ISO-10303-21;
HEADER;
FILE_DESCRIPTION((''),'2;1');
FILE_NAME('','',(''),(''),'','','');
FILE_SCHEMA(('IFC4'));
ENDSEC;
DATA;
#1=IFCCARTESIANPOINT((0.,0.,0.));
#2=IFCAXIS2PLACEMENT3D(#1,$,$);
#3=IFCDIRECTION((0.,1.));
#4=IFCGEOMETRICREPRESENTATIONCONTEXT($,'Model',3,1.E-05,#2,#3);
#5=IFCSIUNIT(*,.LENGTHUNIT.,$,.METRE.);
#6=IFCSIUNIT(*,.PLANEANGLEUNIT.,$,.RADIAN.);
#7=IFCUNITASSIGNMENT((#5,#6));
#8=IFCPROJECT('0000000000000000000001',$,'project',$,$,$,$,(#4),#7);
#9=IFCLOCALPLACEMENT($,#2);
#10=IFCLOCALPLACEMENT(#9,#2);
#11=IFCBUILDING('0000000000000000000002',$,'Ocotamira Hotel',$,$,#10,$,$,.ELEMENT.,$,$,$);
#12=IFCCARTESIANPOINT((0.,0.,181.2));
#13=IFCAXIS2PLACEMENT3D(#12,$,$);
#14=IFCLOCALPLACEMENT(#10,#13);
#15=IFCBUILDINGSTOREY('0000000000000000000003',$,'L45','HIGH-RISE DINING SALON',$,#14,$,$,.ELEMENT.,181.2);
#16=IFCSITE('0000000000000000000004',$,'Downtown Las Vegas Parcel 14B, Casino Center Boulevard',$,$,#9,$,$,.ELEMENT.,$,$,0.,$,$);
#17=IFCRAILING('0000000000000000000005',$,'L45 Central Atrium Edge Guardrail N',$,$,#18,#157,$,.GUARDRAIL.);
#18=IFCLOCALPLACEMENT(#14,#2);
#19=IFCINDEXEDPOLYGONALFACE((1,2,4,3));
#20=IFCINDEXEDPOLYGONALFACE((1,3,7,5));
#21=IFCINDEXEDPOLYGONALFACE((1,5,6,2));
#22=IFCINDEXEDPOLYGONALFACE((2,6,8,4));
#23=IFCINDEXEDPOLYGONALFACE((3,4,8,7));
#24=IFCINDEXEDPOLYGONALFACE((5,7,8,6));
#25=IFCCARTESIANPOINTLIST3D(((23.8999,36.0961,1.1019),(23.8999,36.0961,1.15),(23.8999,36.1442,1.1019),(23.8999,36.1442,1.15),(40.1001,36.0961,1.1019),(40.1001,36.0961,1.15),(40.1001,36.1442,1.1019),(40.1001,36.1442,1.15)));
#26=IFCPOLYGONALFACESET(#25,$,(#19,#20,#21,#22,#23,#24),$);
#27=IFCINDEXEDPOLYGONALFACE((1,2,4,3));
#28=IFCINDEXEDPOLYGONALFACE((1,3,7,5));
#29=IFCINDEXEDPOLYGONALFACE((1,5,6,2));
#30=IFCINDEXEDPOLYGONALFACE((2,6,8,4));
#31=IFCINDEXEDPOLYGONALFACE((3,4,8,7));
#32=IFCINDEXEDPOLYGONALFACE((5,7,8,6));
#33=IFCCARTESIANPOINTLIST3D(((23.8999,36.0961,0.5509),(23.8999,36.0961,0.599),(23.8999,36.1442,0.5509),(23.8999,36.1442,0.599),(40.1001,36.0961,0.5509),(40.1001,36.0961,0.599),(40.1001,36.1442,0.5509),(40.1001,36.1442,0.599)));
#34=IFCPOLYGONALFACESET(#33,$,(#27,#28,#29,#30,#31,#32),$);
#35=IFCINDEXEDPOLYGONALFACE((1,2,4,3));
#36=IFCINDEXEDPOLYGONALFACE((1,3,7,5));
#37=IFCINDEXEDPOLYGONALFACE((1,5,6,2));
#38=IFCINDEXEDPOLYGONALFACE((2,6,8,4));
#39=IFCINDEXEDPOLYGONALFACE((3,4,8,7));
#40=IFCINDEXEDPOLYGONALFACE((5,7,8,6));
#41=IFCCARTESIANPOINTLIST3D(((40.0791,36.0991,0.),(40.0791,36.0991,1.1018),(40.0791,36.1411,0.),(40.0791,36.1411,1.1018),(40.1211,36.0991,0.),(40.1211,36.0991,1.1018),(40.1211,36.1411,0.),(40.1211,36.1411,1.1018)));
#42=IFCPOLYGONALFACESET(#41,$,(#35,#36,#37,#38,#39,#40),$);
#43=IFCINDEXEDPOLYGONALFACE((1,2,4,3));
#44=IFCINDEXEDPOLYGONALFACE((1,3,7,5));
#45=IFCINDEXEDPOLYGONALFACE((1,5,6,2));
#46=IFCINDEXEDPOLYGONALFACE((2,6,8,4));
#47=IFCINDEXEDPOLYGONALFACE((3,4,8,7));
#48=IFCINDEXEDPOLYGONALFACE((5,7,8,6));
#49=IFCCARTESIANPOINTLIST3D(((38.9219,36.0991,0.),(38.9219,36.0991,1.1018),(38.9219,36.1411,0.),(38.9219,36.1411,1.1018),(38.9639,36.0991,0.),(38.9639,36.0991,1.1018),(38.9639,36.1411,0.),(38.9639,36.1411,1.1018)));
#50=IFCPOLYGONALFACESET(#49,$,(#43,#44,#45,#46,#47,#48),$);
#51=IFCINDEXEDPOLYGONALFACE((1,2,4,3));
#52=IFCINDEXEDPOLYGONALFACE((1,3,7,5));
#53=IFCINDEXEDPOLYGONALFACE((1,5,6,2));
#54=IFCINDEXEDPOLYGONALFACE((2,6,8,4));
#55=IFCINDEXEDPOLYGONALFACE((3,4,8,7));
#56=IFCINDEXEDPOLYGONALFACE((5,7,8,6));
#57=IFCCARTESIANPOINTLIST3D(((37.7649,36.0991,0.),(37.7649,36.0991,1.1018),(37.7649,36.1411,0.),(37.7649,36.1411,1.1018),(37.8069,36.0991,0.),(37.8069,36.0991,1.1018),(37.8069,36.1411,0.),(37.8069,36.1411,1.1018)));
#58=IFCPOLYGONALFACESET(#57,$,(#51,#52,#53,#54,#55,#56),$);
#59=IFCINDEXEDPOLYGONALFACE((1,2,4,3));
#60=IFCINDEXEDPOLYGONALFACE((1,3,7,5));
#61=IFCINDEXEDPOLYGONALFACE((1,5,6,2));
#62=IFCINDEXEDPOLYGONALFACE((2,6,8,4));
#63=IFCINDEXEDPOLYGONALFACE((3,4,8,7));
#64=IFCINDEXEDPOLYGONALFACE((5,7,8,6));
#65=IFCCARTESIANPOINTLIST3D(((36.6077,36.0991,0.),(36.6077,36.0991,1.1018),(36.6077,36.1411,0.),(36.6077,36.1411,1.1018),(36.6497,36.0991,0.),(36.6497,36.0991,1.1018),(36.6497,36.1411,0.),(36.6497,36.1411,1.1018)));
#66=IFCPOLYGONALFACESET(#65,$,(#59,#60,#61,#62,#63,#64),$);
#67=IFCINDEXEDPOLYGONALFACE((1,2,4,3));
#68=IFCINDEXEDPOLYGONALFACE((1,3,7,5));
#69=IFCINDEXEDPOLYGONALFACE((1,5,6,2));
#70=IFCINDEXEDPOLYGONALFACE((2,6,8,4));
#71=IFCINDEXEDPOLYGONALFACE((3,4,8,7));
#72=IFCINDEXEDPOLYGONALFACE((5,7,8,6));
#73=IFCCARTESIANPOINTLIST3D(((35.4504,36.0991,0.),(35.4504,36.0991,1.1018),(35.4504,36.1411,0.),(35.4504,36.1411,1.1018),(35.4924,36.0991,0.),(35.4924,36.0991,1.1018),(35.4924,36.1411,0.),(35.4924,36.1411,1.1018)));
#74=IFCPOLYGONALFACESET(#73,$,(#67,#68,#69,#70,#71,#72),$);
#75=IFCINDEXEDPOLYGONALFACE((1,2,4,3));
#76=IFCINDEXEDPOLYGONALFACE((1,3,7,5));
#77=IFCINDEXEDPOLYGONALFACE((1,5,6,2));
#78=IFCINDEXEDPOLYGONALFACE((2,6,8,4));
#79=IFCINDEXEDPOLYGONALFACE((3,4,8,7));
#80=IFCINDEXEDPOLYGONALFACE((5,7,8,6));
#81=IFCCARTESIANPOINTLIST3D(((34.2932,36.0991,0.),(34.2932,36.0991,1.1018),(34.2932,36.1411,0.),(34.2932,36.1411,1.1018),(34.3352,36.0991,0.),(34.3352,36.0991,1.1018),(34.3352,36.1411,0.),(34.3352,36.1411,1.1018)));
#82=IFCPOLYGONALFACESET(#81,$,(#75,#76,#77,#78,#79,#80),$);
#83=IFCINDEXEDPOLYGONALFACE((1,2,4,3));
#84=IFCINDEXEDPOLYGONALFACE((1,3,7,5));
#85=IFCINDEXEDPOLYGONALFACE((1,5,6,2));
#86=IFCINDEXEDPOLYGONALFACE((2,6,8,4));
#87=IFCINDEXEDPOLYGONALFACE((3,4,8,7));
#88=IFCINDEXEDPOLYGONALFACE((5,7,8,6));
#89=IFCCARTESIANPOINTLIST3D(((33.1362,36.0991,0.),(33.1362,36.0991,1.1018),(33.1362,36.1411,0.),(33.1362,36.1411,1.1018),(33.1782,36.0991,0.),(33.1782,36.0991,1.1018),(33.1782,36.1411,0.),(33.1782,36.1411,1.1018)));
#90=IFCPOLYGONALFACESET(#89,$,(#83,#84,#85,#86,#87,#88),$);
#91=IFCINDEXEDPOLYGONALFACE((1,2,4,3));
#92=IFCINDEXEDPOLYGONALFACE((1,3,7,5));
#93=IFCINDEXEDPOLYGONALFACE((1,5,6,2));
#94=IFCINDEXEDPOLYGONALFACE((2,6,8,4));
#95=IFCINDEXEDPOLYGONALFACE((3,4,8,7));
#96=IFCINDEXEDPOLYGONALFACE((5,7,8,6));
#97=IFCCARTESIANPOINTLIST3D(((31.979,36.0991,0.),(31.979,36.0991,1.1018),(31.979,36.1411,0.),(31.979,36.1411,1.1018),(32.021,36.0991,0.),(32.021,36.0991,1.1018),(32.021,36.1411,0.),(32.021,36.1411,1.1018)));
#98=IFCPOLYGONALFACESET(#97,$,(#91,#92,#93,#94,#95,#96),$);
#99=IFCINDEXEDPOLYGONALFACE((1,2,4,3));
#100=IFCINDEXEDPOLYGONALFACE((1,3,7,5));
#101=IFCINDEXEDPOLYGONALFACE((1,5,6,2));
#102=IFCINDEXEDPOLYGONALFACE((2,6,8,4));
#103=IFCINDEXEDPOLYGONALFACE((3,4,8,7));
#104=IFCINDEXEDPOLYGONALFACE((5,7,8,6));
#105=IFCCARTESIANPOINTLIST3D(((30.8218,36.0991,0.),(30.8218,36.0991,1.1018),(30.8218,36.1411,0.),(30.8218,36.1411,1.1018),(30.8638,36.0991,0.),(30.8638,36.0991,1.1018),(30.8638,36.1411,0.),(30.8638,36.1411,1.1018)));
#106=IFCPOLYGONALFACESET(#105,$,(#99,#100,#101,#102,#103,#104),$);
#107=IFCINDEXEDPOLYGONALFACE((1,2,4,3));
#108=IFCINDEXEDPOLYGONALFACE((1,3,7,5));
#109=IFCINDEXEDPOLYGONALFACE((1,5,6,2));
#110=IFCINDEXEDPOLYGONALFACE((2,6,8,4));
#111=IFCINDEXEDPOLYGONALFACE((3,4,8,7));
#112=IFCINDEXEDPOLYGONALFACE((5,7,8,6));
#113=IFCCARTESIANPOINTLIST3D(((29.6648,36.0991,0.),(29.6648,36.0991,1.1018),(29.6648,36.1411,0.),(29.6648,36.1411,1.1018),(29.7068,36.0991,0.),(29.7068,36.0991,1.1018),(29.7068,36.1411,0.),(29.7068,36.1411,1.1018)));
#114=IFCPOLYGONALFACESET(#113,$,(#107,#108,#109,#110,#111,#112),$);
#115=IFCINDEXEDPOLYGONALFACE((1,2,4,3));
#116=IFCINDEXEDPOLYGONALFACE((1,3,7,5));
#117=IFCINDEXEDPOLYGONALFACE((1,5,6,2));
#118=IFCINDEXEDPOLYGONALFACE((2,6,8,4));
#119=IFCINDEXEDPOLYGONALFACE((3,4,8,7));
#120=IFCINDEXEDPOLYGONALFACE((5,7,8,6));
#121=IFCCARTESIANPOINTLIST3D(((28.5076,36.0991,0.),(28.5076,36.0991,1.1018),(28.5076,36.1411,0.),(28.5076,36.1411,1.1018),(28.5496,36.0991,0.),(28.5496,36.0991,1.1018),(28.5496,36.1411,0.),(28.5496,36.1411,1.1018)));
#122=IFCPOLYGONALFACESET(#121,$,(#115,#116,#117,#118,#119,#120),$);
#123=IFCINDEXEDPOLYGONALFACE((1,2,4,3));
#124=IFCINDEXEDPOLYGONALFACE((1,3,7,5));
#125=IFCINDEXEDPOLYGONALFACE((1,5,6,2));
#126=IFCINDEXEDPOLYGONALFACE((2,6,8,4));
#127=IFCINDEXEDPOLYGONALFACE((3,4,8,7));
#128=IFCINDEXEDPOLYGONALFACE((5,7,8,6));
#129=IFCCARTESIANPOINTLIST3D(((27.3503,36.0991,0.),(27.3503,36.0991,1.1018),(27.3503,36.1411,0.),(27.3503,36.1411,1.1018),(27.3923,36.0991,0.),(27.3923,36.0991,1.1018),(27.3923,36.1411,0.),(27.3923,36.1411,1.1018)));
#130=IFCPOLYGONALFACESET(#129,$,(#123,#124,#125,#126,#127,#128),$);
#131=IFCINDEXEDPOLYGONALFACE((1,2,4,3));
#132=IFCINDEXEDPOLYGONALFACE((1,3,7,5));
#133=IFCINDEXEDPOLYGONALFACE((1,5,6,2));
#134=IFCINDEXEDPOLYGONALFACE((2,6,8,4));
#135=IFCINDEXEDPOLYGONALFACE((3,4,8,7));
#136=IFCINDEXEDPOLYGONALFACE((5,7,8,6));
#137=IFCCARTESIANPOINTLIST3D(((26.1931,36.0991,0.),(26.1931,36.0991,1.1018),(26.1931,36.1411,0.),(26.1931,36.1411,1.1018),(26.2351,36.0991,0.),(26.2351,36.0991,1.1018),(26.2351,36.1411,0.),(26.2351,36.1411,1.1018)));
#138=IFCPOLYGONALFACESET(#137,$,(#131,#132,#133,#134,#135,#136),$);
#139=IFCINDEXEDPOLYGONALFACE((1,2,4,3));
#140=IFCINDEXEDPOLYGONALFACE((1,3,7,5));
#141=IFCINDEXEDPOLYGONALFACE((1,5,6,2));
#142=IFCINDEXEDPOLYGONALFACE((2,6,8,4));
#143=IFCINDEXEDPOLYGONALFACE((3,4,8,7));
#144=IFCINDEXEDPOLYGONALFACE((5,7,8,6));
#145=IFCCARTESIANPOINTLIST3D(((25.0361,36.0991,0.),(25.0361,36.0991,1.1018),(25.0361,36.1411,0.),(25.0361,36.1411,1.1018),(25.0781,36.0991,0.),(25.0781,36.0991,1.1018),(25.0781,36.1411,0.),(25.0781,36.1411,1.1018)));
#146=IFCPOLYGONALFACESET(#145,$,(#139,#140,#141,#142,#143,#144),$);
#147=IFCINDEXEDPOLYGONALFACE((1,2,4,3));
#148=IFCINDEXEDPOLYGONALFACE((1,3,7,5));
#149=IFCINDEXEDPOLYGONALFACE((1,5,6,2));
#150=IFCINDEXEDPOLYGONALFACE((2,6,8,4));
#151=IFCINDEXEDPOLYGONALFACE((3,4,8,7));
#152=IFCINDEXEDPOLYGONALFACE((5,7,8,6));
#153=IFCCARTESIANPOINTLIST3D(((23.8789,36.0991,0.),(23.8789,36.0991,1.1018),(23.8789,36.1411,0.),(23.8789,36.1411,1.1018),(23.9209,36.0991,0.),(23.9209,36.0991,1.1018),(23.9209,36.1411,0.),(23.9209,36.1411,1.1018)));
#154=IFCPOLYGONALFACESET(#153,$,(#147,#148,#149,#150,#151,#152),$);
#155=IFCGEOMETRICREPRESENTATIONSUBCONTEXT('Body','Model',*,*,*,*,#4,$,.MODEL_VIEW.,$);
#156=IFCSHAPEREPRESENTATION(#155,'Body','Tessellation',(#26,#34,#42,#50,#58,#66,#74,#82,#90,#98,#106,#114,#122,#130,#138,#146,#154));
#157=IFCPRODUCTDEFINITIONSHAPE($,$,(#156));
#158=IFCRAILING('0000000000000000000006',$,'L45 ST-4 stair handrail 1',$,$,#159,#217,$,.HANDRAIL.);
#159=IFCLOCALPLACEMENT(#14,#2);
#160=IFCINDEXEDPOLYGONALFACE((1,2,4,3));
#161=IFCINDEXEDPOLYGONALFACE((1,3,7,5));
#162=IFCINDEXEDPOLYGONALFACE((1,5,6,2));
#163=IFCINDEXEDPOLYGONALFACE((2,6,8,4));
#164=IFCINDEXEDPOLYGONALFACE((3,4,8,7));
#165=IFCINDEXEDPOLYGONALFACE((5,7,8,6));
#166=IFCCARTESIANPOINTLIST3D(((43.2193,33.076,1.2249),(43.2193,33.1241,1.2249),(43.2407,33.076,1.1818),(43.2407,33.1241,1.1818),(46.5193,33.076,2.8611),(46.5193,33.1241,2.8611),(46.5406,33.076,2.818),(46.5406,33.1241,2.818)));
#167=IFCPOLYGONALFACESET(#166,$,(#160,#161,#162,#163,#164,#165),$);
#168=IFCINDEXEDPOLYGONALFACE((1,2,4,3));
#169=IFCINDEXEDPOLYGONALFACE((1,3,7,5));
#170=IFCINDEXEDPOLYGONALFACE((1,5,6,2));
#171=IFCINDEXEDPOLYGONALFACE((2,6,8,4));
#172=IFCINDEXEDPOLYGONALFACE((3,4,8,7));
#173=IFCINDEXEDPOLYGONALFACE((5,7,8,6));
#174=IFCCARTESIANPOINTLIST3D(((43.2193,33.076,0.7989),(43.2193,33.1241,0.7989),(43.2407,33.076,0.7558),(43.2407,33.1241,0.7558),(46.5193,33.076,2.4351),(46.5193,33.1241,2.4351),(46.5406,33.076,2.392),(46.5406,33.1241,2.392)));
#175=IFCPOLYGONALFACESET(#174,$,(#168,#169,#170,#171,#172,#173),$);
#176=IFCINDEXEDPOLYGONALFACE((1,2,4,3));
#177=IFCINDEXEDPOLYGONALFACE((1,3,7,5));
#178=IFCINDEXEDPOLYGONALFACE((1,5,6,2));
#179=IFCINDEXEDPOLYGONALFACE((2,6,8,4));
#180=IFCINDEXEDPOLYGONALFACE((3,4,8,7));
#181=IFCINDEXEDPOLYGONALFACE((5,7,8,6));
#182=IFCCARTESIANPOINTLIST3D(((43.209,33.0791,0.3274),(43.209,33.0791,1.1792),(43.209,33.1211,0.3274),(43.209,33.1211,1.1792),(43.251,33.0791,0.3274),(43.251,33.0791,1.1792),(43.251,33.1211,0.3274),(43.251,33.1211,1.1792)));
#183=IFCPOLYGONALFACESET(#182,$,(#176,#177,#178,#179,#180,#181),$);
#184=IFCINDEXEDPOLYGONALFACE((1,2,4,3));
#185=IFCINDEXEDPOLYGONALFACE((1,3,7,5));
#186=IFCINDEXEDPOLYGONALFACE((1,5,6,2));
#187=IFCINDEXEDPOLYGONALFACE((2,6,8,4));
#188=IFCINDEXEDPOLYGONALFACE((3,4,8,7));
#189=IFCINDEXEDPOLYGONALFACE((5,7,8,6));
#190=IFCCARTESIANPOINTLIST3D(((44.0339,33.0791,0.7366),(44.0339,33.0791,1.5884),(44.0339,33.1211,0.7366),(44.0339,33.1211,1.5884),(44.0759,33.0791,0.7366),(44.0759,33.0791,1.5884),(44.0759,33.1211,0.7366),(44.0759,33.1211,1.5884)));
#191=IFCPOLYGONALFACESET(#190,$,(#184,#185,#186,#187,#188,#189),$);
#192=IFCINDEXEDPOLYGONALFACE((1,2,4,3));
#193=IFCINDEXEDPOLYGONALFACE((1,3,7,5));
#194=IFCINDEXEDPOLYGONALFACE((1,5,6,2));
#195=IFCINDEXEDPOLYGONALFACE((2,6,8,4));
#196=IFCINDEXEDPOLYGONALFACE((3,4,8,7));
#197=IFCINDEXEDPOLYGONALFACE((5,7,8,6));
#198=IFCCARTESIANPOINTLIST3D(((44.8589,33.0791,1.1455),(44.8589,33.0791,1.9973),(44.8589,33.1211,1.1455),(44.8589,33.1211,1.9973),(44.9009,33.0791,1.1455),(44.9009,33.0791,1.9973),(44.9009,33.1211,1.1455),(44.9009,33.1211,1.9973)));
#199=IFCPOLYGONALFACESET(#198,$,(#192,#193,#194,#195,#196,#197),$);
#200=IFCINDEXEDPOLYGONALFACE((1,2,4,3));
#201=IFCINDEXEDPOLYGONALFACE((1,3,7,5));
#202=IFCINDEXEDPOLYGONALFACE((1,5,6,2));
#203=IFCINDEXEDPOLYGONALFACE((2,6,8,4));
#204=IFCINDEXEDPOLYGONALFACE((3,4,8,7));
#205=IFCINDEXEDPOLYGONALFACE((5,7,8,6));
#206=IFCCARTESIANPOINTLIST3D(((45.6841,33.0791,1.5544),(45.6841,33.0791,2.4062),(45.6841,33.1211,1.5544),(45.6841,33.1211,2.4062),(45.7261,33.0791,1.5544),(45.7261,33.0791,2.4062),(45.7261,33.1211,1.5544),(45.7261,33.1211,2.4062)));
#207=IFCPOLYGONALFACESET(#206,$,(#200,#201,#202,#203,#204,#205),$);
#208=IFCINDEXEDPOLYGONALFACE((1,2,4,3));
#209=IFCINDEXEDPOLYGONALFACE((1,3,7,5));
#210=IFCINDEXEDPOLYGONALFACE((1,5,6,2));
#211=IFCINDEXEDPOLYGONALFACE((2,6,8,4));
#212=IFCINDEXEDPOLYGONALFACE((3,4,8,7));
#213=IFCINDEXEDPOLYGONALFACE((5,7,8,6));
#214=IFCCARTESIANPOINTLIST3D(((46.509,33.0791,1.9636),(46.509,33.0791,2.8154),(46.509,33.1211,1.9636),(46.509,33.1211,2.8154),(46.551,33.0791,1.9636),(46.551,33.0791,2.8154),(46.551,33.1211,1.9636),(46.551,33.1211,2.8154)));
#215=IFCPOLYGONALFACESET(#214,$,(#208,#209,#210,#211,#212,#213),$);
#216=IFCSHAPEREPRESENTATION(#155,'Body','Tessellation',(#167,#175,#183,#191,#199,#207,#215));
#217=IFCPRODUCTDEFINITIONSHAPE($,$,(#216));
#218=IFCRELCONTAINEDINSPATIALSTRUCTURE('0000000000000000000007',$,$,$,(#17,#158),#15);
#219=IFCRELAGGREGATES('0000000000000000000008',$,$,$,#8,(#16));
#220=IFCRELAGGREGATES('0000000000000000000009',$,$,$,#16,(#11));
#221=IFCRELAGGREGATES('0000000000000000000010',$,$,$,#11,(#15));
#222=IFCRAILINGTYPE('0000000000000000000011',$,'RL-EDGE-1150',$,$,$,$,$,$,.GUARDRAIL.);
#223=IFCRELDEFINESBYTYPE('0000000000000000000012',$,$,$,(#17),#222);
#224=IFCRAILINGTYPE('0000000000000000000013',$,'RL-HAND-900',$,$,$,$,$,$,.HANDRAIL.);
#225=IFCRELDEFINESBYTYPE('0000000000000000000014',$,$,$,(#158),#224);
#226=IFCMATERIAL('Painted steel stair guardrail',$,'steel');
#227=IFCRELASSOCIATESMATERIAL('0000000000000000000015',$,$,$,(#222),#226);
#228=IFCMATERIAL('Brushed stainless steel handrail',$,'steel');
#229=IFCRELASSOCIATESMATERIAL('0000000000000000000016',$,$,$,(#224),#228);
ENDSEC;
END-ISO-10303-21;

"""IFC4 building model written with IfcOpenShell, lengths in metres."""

from ifc_helpers import new_model, si_unit, direction, frame, origin, origin_2d, place, context, subcontext, project, spatial, rectangle, extrude, material, type_object, element, save


model = new_model("IFC4")

# Units and contexts
model_context = context("Model", 3, precision=1e-05, world=origin(), true_north=direction((0.0, 1.0)))
body_context = subcontext(model_context, "Body", "Model", "MODEL_VIEW")
ifc_project = project(units=[si_unit("LENGTHUNIT", "METRE"), si_unit("PLANEANGLEUNIT", "RADIAN")], contexts=[model_context])

# Site, building, storey
site_placement = place(None, origin())
site = spatial("IfcSite", under=ifc_project, at=site_placement, Name="Downtown Las Vegas Parcel 14B, Casino Center Boulevard", CompositionType="ELEMENT", RefElevation=0.0)
building_placement = place(site_placement, origin())
building = spatial("IfcBuilding", under=site, at=building_placement, Name="Ocotamira Hotel", CompositionType="ELEMENT")
storey_placement = place(building_placement, frame((0.0, 0.0, 181.2)))
storey = spatial("IfcBuildingStorey", under=building, at=storey_placement, Name="L45", Description="HIGH-RISE DINING SALON", CompositionType="ELEMENT", Elevation=181.2)

# Railings
ifc_material_1 = material(Name="Painted steel stair guardrail", Category="steel")
railing_type_1 = type_object("IfcRailingType", Name="RL-EDGE-1150", PredefinedType="GUARDRAIL", material=ifc_material_1)
railing_1_placement = place(storey_placement, frame((40.1001, 36.1201, 0.0)))
element("IfcRailing", 1, at=railing_1_placement, inside=storey, type_object=railing_type_1, Name="L45 Central Atrium Edge Guardrail N", PredefinedType="GUARDRAIL", context=body_context, shape_type="SweptSolid", body=[
    extrude(rectangle(XDim=0.0481, YDim=0.0481, at=origin_2d()), frame((0.0, 0.0, 1.126), z_axis=(-1.0, 0.0, 0.0), x_axis=(0.0, -1.0, 0.0)), (0.0, 0.0, 1.0), 16.2002),
    extrude(rectangle(XDim=0.0481, YDim=0.0481, at=origin_2d()), frame((0.0, 0.0, 0.575), z_axis=(-1.0, 0.0, 0.0), x_axis=(0.0, -1.0, 0.0)), (0.0, 0.0, 1.0), 16.2002),
    extrude(rectangle(XDim=0.042, YDim=0.042, at=origin_2d()), origin(), (0.0, 0.0, 1.0), 1.1018),
    extrude(rectangle(XDim=0.042, YDim=0.042, at=origin_2d()), frame((-1.1572, 0.0, 0.0)), (0.0, 0.0, 1.0), 1.1018),
    extrude(rectangle(XDim=0.042, YDim=0.042, at=origin_2d()), frame((-2.3142, 0.0, 0.0)), (0.0, 0.0, 1.0), 1.1018),
    extrude(rectangle(XDim=0.042, YDim=0.042, at=origin_2d()), frame((-3.4714, 0.0, 0.0)), (0.0, 0.0, 1.0), 1.1018),
    extrude(rectangle(XDim=0.042, YDim=0.042, at=origin_2d()), frame((-4.6287, 0.0, 0.0)), (0.0, 0.0, 1.0), 1.1018),
    extrude(rectangle(XDim=0.042, YDim=0.042, at=origin_2d()), frame((-5.7859, 0.0, 0.0)), (0.0, 0.0, 1.0), 1.1018),
    extrude(rectangle(XDim=0.042, YDim=0.042, at=origin_2d()), frame((-6.9429, 0.0, 0.0)), (0.0, 0.0, 1.0), 1.1018),
    extrude(rectangle(XDim=0.042, YDim=0.042, at=origin_2d()), frame((-8.1001, 0.0, 0.0)), (0.0, 0.0, 1.0), 1.1018),
    extrude(rectangle(XDim=0.042, YDim=0.042, at=origin_2d()), frame((-9.2573, 0.0, 0.0)), (0.0, 0.0, 1.0), 1.1018),
    extrude(rectangle(XDim=0.042, YDim=0.042, at=origin_2d()), frame((-10.4143, 0.0, 0.0)), (0.0, 0.0, 1.0), 1.1018),
    extrude(rectangle(XDim=0.042, YDim=0.042, at=origin_2d()), frame((-11.5715, 0.0, 0.0)), (0.0, 0.0, 1.0), 1.1018),
    extrude(rectangle(XDim=0.042, YDim=0.042, at=origin_2d()), frame((-12.7288, 0.0, 0.0)), (0.0, 0.0, 1.0), 1.1018),
    extrude(rectangle(XDim=0.042, YDim=0.042, at=origin_2d()), frame((-13.886, 0.0, 0.0)), (0.0, 0.0, 1.0), 1.1018),
    extrude(rectangle(XDim=0.042, YDim=0.042, at=origin_2d()), frame((-15.043, 0.0, 0.0)), (0.0, 0.0, 1.0), 1.1018),
    extrude(rectangle(XDim=0.042, YDim=0.042, at=origin_2d()), frame((-16.2002, 0.0, 0.0)), (0.0, 0.0, 1.0), 1.1018),
])
ifc_material_2 = material(Name="Brushed stainless steel handrail", Category="steel")
railing_type_2 = type_object("IfcRailingType", Name="RL-HAND-900", PredefinedType="HANDRAIL", material=ifc_material_2)
railing_2_placement = place(storey_placement, frame((43.23, 33.1001, 0.3274)))
element("IfcRailing", 2, at=railing_2_placement, inside=storey, type_object=railing_type_2, Name="L45 ST-4 stair handrail 1", PredefinedType="HANDRAIL", context=body_context, shape_type="SweptSolid", body=[
    extrude(rectangle(XDim=0.0481, YDim=0.0481, at=origin_2d()), frame((0.0, 0.0, 0.876), z_axis=(0.89592, 0.0, 0.444215), x_axis=(0.0, 1.0, 0.0)), (0.0, 0.0, 1.0), 3.6833),
    extrude(rectangle(XDim=0.0481, YDim=0.0481, at=origin_2d()), frame((0.0, 0.0, 0.45), z_axis=(0.89592, 0.0, 0.444215), x_axis=(0.0, 1.0, 0.0)), (0.0, 0.0, 1.0), 3.6833),
    extrude(rectangle(XDim=0.042, YDim=0.042, at=origin_2d()), origin(), (0.0, 0.0, 1.0), 0.8518),
    extrude(rectangle(XDim=0.042, YDim=0.042, at=origin_2d()), frame((0.825, 0.0, 0.4092)), (0.0, 0.0, 1.0), 0.8518),
    extrude(rectangle(XDim=0.042, YDim=0.042, at=origin_2d()), frame((1.6499, 0.0, 0.8181)), (0.0, 0.0, 1.0), 0.8518),
    extrude(rectangle(XDim=0.042, YDim=0.042, at=origin_2d()), frame((2.4751, 0.0, 1.2271)), (0.0, 0.0, 1.0), 0.8518),
    extrude(rectangle(XDim=0.042, YDim=0.042, at=origin_2d()), frame((3.3, 0.0, 1.6362)), (0.0, 0.0, 1.0), 0.8518),
])

save(model, "model.ifc")
